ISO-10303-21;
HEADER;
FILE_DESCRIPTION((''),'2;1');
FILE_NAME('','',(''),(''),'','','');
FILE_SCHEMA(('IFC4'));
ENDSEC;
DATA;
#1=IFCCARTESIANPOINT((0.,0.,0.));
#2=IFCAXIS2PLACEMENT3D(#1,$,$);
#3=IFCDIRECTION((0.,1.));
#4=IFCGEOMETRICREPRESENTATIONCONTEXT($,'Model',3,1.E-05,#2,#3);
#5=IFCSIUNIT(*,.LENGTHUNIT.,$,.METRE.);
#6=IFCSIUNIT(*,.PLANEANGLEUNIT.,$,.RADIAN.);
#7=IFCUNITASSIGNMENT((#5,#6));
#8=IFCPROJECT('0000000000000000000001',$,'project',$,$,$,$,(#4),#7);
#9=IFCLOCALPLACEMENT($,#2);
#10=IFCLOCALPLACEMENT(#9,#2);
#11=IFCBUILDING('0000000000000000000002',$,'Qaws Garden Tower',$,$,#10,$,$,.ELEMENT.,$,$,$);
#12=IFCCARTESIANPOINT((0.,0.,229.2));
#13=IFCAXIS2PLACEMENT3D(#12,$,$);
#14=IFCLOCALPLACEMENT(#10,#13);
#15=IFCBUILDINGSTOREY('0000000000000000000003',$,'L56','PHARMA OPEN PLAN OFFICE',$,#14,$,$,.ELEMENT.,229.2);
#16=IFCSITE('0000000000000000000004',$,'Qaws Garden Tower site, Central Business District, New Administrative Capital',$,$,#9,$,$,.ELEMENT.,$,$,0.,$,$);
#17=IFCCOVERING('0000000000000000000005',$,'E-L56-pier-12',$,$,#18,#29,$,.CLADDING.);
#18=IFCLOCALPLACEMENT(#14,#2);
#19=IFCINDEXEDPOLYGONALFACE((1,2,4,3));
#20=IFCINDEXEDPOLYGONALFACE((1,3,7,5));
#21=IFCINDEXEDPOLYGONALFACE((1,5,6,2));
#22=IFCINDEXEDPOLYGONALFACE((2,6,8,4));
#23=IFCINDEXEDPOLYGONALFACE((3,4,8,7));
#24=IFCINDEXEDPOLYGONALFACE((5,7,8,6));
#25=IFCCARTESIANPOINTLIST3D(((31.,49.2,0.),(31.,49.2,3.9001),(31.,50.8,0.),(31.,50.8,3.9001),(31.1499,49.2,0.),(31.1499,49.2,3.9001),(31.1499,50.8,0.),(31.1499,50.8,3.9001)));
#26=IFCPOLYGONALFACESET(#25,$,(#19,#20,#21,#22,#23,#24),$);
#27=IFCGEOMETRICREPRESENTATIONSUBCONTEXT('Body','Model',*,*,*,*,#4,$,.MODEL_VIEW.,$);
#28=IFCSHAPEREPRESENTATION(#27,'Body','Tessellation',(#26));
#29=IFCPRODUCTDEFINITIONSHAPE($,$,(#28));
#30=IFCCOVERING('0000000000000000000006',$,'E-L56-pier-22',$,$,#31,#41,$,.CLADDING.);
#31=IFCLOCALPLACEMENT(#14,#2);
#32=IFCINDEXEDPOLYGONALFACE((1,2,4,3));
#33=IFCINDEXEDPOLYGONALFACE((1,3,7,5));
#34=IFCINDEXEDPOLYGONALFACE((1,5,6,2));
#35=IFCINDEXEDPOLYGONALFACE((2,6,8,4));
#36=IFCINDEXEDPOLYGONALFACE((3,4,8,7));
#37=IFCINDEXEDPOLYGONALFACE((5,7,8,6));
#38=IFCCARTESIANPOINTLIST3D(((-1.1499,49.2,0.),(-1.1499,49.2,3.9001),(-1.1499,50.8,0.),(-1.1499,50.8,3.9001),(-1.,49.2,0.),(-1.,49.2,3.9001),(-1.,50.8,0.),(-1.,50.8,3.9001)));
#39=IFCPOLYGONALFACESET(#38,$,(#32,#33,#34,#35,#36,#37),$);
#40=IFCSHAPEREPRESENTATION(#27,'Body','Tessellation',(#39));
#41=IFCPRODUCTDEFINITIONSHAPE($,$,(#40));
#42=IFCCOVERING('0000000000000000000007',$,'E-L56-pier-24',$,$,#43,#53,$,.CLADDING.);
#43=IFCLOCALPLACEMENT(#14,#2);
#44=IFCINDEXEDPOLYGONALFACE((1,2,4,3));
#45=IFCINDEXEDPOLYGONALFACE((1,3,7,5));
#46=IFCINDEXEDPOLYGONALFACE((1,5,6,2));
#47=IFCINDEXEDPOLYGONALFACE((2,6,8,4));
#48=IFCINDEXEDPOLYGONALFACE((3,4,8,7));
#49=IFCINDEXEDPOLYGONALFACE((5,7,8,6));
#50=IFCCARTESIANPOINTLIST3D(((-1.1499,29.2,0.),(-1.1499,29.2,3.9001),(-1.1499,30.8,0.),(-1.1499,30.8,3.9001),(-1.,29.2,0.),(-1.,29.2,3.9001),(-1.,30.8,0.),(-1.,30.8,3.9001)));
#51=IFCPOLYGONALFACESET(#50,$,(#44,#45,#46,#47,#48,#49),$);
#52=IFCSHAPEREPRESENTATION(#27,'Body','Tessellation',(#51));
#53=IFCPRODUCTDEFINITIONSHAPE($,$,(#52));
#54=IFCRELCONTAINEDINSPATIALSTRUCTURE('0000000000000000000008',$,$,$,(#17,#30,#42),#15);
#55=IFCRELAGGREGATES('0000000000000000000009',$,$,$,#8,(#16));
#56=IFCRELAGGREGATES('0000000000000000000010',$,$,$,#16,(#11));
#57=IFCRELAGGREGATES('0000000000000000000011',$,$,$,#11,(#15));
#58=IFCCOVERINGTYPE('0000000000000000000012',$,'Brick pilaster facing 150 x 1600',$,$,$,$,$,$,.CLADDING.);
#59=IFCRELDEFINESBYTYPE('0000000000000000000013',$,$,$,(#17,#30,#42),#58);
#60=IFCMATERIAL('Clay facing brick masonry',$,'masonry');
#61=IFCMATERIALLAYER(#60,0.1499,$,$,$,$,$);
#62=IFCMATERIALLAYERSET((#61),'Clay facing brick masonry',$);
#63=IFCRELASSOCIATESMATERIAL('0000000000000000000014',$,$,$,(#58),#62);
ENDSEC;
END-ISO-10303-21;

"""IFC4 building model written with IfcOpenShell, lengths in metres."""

from ifc_helpers import new_model, si_unit, direction, frame, origin, place, context, subcontext, project, spatial, polyline, outline, extrude, material, layer, layer_set, type_object, element, save


model = new_model("IFC4")

# Units and contexts
model_context = context("Model", 3, precision=1e-05, world=origin(), true_north=direction((0.0, 1.0)))
body_context = subcontext(model_context, "Body", "Model", "MODEL_VIEW")
ifc_project = project(units=[si_unit("LENGTHUNIT", "METRE"), si_unit("PLANEANGLEUNIT", "RADIAN")], contexts=[model_context])

# Site, building, storey
site_placement = place(None, origin())
site = spatial("IfcSite", under=ifc_project, at=site_placement, Name="Qaws Garden Tower site, Central Business District, New Administrative Capital", CompositionType="ELEMENT", RefElevation=0.0)
building_placement = place(site_placement, origin())
building = spatial("IfcBuilding", under=site, at=building_placement, Name="Qaws Garden Tower", CompositionType="ELEMENT")
storey_placement = place(building_placement, frame((0.0, 0.0, 229.2)))
storey = spatial("IfcBuildingStorey", under=building, at=storey_placement, Name="L56", Description="PHARMA OPEN PLAN OFFICE", CompositionType="ELEMENT", Elevation=229.2)

# Shared definitions
placement = place(storey_placement, origin())

# Coverings
ifc_material_1 = material(Name="Clay facing brick masonry", Category="masonry")
ifc_layer_1 = layer(ifc_material_1, 0.1499)
ifc_layer_set_1 = layer_set([ifc_layer_1], Name="Clay facing brick masonry")
covering_type = type_object("IfcCoveringType", Name="Brick pilaster facing 150 x 1600", PredefinedType="CLADDING", material=ifc_layer_set_1)
element("IfcCovering", 1, at=placement, inside=storey, type_object=covering_type, Name="E-L56-pier-12", PredefinedType="CLADDING", context=body_context, shape_type="SweptSolid", body=[
    extrude(outline(polyline([(31.0, 49.2), (31.0, 50.8), (31.1499, 50.8), (31.1499, 49.2), (31.0, 49.2)])), origin(), (0.0, 0.0, 1.0), 3.9001),
])
element("IfcCovering", 2, at=placement, inside=storey, type_object=covering_type, Name="E-L56-pier-22", PredefinedType="CLADDING", context=body_context, shape_type="SweptSolid", body=[
    extrude(outline(polyline([(-1.0, 50.8), (-1.0, 49.2), (-1.1499, 49.2), (-1.1499, 50.8), (-1.0, 50.8)])), origin(), (0.0, 0.0, 1.0), 3.9001),
])
element("IfcCovering", 3, at=placement, inside=storey, type_object=covering_type, Name="E-L56-pier-24", PredefinedType="CLADDING", context=body_context, shape_type="SweptSolid", body=[
    extrude(outline(polyline([(-1.0, 30.8), (-1.0, 29.2), (-1.1499, 29.2), (-1.1499, 30.8), (-1.0, 30.8)])), origin(), (0.0, 0.0, 1.0), 3.9001),
])

save(model, "model.ifc")
